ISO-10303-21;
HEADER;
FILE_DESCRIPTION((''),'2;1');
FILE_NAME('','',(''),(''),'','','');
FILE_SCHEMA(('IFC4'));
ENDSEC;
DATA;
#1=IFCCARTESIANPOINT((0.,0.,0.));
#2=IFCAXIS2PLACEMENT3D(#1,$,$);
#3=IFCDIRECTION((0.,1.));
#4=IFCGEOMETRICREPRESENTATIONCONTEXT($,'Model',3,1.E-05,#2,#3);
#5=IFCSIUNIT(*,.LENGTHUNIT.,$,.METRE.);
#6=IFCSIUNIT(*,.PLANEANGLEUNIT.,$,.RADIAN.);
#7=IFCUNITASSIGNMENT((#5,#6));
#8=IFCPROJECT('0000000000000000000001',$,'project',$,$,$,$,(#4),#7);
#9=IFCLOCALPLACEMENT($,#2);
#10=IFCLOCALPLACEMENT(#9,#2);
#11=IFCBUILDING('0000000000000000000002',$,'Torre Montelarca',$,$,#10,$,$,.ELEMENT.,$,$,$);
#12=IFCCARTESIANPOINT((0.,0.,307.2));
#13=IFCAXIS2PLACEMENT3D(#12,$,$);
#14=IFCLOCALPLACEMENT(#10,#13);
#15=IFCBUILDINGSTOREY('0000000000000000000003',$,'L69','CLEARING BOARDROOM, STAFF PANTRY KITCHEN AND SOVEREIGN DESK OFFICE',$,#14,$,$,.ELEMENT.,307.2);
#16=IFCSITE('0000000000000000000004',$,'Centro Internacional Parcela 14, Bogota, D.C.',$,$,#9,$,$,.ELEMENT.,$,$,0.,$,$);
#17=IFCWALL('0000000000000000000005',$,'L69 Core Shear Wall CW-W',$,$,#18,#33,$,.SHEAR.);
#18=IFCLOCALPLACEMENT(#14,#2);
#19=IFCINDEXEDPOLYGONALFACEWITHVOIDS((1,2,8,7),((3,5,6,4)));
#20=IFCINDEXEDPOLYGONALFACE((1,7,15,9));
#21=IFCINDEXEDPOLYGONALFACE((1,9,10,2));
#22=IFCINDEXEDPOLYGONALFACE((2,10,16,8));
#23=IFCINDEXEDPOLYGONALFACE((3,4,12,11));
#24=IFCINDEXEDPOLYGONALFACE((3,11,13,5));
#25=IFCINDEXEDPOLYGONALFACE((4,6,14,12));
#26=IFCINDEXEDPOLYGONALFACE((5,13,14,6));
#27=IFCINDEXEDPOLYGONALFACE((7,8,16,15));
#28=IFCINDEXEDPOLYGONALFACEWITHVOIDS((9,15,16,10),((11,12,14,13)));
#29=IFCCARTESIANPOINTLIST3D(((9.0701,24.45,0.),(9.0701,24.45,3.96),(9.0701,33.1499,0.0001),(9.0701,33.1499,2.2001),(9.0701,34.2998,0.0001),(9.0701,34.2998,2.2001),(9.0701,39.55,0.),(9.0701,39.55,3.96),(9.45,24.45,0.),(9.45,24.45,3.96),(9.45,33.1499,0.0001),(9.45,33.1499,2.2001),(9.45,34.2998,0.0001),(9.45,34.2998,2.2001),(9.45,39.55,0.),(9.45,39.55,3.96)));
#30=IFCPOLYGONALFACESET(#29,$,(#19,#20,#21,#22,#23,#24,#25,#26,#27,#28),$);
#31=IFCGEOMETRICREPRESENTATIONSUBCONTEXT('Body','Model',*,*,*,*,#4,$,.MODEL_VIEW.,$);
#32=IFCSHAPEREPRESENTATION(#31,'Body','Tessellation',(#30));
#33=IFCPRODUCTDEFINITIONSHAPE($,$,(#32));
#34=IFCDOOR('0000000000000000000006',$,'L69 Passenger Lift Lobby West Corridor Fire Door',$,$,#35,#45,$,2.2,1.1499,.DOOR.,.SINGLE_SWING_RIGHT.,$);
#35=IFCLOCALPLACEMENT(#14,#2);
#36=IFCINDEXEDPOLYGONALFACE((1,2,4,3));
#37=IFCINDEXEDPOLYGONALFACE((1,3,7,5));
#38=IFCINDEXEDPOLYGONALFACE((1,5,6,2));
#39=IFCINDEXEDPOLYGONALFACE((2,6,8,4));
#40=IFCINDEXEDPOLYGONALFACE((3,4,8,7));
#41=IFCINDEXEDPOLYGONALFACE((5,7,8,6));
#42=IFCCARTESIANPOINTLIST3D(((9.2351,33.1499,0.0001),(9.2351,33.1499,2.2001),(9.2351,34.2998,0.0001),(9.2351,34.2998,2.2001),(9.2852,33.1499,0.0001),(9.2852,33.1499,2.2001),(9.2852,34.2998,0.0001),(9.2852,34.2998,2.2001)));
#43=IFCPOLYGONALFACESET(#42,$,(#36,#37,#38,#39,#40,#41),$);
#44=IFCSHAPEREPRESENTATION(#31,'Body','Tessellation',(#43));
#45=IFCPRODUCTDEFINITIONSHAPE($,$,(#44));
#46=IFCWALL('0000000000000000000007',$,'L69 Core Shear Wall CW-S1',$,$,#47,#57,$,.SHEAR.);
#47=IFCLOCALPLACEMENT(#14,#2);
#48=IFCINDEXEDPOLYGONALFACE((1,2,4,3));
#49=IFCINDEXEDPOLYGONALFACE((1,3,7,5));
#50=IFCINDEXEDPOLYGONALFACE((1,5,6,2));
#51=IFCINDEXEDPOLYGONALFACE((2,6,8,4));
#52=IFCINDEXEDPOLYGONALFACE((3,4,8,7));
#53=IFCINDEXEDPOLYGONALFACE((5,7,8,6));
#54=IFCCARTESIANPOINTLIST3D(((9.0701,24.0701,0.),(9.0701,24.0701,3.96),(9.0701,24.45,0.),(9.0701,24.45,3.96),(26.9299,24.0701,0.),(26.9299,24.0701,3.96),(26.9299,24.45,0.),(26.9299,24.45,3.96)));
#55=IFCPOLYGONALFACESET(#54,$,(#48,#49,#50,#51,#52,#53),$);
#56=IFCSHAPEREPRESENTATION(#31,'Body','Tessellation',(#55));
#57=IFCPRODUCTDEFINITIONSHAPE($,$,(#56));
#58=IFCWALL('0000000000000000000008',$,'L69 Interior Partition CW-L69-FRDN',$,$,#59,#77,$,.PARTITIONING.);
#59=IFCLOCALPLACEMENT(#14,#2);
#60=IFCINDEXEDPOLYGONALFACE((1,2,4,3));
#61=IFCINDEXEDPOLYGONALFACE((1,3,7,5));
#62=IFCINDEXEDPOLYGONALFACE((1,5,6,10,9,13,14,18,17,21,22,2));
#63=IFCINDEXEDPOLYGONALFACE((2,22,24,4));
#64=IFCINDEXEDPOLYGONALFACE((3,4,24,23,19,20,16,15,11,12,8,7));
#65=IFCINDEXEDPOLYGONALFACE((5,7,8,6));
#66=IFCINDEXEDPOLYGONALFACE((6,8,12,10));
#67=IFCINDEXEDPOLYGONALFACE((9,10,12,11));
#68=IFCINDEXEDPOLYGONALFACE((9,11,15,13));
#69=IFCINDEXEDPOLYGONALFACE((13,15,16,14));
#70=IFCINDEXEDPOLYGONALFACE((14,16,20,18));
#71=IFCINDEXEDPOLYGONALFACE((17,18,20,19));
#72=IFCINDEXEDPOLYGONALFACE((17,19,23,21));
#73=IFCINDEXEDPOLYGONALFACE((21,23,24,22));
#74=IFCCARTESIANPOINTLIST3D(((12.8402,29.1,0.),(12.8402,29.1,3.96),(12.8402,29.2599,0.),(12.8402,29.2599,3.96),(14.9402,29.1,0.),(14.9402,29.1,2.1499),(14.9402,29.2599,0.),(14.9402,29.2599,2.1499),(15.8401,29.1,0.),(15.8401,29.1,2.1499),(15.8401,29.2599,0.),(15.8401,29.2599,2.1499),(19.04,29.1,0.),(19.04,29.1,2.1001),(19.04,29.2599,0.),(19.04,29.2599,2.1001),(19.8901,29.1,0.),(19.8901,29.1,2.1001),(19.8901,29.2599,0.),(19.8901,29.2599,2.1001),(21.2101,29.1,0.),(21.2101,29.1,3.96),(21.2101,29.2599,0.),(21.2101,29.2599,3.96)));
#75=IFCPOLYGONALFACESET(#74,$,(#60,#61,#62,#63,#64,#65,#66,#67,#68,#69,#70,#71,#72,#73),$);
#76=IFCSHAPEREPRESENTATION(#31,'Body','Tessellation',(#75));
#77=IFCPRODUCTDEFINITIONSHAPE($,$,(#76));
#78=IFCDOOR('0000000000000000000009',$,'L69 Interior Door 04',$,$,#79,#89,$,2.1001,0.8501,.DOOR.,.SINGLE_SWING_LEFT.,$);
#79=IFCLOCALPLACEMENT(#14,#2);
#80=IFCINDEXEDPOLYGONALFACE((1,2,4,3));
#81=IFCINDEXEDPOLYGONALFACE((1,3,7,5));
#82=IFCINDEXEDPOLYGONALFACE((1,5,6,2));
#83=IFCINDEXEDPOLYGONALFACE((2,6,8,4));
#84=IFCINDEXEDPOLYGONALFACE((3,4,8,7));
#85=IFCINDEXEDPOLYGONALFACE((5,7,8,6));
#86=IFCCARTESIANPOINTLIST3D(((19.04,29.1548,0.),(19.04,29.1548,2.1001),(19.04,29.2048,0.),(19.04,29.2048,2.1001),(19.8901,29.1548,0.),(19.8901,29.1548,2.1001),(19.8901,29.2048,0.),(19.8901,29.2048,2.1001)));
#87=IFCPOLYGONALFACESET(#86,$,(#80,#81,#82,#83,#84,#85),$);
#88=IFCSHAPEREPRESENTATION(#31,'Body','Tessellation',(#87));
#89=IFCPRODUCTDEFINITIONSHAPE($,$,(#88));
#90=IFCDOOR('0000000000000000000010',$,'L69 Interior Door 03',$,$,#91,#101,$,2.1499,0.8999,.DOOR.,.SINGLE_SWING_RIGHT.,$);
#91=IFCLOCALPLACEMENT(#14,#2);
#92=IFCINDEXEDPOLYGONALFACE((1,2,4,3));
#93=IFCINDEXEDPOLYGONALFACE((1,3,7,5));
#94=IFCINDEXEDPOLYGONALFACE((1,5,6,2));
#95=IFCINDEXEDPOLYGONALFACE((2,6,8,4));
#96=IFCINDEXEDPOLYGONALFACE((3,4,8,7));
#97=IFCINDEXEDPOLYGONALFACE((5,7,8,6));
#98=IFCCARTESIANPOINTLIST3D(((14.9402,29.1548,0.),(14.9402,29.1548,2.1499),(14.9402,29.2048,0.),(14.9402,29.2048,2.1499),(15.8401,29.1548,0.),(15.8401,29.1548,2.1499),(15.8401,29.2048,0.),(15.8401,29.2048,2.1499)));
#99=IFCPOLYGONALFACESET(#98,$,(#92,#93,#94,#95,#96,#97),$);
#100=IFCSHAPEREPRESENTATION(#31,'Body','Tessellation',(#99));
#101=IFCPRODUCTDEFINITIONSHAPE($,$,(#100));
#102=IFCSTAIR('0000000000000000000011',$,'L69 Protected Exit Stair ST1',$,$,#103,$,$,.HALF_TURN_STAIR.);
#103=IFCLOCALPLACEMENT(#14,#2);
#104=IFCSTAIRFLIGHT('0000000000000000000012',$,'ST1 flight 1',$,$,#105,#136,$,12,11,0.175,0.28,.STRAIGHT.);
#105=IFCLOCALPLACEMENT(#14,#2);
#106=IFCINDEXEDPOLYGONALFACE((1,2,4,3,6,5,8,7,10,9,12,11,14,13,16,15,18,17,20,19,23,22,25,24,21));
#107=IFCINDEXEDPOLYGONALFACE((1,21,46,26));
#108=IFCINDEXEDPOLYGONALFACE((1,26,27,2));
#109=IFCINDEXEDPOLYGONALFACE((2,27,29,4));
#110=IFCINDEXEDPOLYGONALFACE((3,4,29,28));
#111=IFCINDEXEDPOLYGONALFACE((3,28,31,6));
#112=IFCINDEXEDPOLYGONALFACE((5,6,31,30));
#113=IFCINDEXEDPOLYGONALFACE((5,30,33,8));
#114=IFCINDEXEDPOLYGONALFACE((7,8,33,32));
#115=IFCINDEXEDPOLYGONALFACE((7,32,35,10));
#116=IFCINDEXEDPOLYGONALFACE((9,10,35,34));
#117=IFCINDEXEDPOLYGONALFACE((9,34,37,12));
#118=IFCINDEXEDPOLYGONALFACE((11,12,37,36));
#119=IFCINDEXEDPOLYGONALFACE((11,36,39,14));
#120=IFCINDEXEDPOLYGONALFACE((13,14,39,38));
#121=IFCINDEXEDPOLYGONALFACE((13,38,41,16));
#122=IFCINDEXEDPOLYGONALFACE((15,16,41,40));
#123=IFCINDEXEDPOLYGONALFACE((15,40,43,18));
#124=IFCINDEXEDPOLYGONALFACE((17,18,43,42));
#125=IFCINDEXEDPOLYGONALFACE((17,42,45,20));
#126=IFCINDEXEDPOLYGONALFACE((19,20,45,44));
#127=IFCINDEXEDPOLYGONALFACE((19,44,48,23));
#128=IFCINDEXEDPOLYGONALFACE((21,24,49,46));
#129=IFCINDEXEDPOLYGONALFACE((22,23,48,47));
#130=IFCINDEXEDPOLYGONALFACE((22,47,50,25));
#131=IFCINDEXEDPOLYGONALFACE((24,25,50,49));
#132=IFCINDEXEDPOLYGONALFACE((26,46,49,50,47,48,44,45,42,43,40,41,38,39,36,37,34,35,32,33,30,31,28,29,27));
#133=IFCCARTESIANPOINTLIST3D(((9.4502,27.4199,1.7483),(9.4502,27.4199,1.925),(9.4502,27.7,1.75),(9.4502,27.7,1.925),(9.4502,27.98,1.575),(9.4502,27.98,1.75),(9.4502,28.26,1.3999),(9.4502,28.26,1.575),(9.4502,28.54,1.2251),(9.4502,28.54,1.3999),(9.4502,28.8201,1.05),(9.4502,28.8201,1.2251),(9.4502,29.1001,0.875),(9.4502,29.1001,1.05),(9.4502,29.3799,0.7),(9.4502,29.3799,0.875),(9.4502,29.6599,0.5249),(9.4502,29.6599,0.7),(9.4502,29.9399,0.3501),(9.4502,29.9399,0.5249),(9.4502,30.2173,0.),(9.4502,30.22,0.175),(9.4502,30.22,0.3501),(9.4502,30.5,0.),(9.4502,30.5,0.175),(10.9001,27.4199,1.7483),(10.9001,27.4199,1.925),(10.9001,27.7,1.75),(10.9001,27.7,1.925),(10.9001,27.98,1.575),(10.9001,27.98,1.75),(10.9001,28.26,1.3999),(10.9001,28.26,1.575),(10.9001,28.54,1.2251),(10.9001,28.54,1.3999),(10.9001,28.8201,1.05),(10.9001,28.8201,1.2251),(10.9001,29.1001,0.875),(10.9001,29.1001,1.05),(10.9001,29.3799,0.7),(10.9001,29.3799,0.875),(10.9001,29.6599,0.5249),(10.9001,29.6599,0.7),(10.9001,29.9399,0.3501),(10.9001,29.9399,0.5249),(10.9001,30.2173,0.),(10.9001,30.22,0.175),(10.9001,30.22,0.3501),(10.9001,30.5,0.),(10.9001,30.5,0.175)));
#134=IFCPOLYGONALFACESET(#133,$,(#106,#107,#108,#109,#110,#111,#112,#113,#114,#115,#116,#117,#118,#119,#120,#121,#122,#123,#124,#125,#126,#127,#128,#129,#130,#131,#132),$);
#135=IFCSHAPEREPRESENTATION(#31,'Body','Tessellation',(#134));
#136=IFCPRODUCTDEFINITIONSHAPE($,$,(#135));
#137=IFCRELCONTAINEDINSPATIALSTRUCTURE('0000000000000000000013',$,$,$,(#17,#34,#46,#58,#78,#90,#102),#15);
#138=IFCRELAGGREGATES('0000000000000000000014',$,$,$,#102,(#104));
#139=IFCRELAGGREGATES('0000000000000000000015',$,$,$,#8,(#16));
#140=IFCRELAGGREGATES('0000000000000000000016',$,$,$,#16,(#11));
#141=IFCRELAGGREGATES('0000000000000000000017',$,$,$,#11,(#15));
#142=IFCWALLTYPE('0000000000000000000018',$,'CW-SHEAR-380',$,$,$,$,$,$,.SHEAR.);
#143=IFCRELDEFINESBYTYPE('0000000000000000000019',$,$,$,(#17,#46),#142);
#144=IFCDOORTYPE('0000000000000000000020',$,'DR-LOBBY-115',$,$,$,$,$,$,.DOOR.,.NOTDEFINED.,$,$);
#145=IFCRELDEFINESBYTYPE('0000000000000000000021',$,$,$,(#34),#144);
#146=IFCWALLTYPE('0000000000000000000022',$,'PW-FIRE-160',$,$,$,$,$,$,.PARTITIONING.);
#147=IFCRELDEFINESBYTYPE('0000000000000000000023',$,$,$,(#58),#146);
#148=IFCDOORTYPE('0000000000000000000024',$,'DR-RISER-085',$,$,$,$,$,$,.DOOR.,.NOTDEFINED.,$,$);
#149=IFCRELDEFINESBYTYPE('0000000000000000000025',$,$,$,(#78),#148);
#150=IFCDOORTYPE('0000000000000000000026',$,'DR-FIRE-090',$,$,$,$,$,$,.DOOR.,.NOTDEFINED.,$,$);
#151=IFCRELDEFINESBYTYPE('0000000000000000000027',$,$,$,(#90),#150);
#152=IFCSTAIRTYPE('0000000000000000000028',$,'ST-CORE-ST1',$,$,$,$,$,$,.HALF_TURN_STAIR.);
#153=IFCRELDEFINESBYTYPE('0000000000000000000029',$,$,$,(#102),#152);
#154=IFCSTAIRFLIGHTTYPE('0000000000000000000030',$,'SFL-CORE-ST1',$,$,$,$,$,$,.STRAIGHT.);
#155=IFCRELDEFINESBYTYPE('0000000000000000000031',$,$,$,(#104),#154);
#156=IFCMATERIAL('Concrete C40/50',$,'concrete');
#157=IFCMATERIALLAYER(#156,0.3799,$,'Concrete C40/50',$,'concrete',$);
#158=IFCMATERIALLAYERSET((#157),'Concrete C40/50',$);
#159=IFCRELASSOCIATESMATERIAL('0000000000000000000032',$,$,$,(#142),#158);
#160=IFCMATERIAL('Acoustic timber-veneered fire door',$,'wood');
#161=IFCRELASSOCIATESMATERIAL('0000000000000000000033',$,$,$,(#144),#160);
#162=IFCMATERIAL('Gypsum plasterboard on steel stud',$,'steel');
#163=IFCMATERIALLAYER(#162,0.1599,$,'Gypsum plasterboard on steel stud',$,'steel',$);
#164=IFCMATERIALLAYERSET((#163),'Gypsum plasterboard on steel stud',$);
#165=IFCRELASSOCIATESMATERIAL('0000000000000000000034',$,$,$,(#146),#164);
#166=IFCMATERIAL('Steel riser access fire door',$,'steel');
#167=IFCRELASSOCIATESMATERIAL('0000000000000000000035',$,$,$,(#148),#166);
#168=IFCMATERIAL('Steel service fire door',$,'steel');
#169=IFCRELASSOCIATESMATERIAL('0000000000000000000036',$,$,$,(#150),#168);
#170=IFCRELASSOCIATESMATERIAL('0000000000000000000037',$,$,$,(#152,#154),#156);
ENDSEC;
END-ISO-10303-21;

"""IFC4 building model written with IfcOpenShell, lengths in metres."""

from ifc_helpers import new_model, si_unit, direction, frame, frame_2d, origin, place, context, subcontext, project, spatial, polyline, rectangle, outline, extrude, source, transform, mapped, material, layer, layer_set, type_object, element, fill, aggregate, save


model = new_model("IFC4")

# Units and contexts
model_context = context("Model", 3, precision=1e-05, world=origin(), true_north=direction((0.0, 1.0)))
body_context = subcontext(model_context, "Body", "Model", "MODEL_VIEW")
ifc_project = project(units=[si_unit("LENGTHUNIT", "METRE"), si_unit("PLANEANGLEUNIT", "RADIAN")], contexts=[model_context])

# Site, building, storey
site_placement = place(None, origin())
site = spatial("IfcSite", under=ifc_project, at=site_placement, Name="Centro Internacional Parcela 14, Bogota, D.C.", CompositionType="ELEMENT", RefElevation=0.0)
building_placement = place(site_placement, origin())
building = spatial("IfcBuilding", under=site, at=building_placement, Name="Torre Montelarca", CompositionType="ELEMENT")
storey_placement = place(building_placement, frame((0.0, 0.0, 307.2)))
storey = spatial("IfcBuildingStorey", under=building, at=storey_placement, Name="L69", Description="CLEARING BOARDROOM, STAFF PANTRY KITCHEN AND SOVEREIGN DESK OFFICE", CompositionType="ELEMENT", Elevation=307.2)

# Shared definitions
ifc_material_1 = material(Name="Concrete C40/50", Category="concrete")

# Wall, opening, door
ifc_layer_1 = layer(ifc_material_1, 0.3799, Name="Concrete C40/50", Category="concrete")
ifc_layer_set_1 = layer_set([ifc_layer_1], Name="Concrete C40/50")
wall_type_1 = type_object("IfcWallType", Name="CW-SHEAR-380", PredefinedType="SHEAR", material=ifc_layer_set_1)
wall_1_placement = place(storey_placement, frame((9.26, 24.45, 0.0), z_axis=(0.0, 0.0, 1.0), x_axis=(0.0, 1.0, 0.0)))
wall_1 = element("IfcWall", 1, at=wall_1_placement, inside=storey, type_object=wall_type_1, Name="L69 Core Shear Wall CW-W", PredefinedType="SHEAR", context=body_context, shape_type="SweptSolid", body=[
    extrude(rectangle(XDim=15.1001, YDim=0.3799, at=frame_2d((7.55, 0.0))), origin(), (0.0, 0.0, 1.0), 3.96),
])
opening_1_placement = place(wall_1_placement, frame((8.7, 0.0, 0.0)))
opening_1 = element("IfcOpeningElement", 2, at=opening_1_placement, cuts=wall_1, PredefinedType="OPENING", context=body_context, shape_type="SweptSolid", body=[
    extrude(rectangle(XDim=1.1499, YDim=2.2, at=frame_2d((0.575, 1.1001))), frame((0.0, 0.2, 0.0), z_axis=(0.0, -1.0, 0.0), x_axis=(1.0, 0.0, 0.0)), (0.0, 0.0, 1.0), 0.3999),
])
ifc_material_2 = material(Name="Acoustic timber-veneered fire door", Category="wood")
door_type_1 = type_object("IfcDoorType", Name="DR-LOBBY-115", OperationType="NOTDEFINED", PredefinedType="DOOR", material=ifc_material_2)
shared_shape_1 = source(origin(), body_context, "Body", "SweptSolid", [
    extrude(rectangle(XDim=1.1499, YDim=2.2, at=frame_2d((0.575, 1.1001))), frame((0.0, 0.0249, 0.0), z_axis=(0.0, -1.0, 0.0), x_axis=(1.0, 0.0, 0.0)), (0.0, 0.0, 1.0), 0.05),
])
door_1_placement = place(opening_1_placement, origin())
door_1 = element("IfcDoor", 3, at=door_1_placement, inside=storey, type_object=door_type_1, Name="L69 Passenger Lift Lobby West Corridor Fire Door", OperationType="SINGLE_SWING_RIGHT", OverallHeight=2.2, OverallWidth=1.1499, PredefinedType="DOOR", context=body_context, shape_type="MappedRepresentation", body=[
    mapped(shared_shape_1, transform((0.0, 0.0, 0.0), scale=1.0)),
])
fill(opening_1, door_1)

# Wall
wall_2_placement = place(storey_placement, frame((9.0701, 24.26, 0.0), z_axis=(0.0, 0.0, 1.0), x_axis=(1.0, 0.0, 0.0)))
element("IfcWall", 4, at=wall_2_placement, inside=storey, type_object=wall_type_1, Name="L69 Core Shear Wall CW-S1", PredefinedType="SHEAR", context=body_context, shape_type="SweptSolid", body=[
    extrude(rectangle(XDim=17.8599, YDim=0.3799, at=frame_2d((8.9299, 0.0))), origin(), (0.0, 0.0, 1.0), 3.96),
])

# Wall, openings, doors
ifc_material_3 = material(Name="Gypsum plasterboard on steel stud", Category="steel")
ifc_layer_2 = layer(ifc_material_3, 0.1599, Name="Gypsum plasterboard on steel stud", Category="steel")
ifc_layer_set_2 = layer_set([ifc_layer_2], Name="Gypsum plasterboard on steel stud")
wall_type_2 = type_object("IfcWallType", Name="PW-FIRE-160", PredefinedType="PARTITIONING", material=ifc_layer_set_2)
wall_3_placement = place(storey_placement, frame((12.8401, 29.1799, 0.0), z_axis=(0.0, 0.0, 1.0), x_axis=(1.0, 0.0, 0.0)))
wall_3 = element("IfcWall", 5, at=wall_3_placement, inside=storey, type_object=wall_type_2, Name="L69 Interior Partition CW-L69-FRDN", PredefinedType="PARTITIONING", context=body_context, shape_type="SweptSolid", body=[
    extrude(rectangle(XDim=8.3699, YDim=0.1599, at=frame_2d((4.1851, 0.0))), origin(), (0.0, 0.0, 1.0), 3.96),
])
opening_2_placement = place(wall_3_placement, frame((2.1001, 0.0, 0.0)))
opening_2 = element("IfcOpeningElement", 6, at=opening_2_placement, cuts=wall_3, PredefinedType="OPENING", context=body_context, shape_type="SweptSolid", body=[
    extrude(rectangle(XDim=0.8999, YDim=2.1499, at=frame_2d((0.45, 1.075))), frame((0.0, 0.0898, 0.0), z_axis=(0.0, -1.0, 0.0), x_axis=(1.0, 0.0, 0.0)), (0.0, 0.0, 1.0), 0.1799),
])
opening_3_placement = place(wall_3_placement, frame((6.2, 0.0, 0.0)))
opening_3 = element("IfcOpeningElement", 7, at=opening_3_placement, cuts=wall_3, PredefinedType="OPENING", context=body_context, shape_type="SweptSolid", body=[
    extrude(rectangle(XDim=0.8501, YDim=2.1001, at=frame_2d((0.425, 1.05))), frame((0.0, 0.0898, 0.0), z_axis=(0.0, -1.0, 0.0), x_axis=(1.0, 0.0, 0.0)), (0.0, 0.0, 1.0), 0.1799),
])
ifc_material_4 = material(Name="Steel riser access fire door", Category="steel")
door_type_2 = type_object("IfcDoorType", Name="DR-RISER-085", OperationType="NOTDEFINED", PredefinedType="DOOR", material=ifc_material_4)
shared_shape_2 = source(origin(), body_context, "Body", "SweptSolid", [
    extrude(rectangle(XDim=0.8501, YDim=2.1001, at=frame_2d((0.425, 1.05))), frame((0.0, 0.0249, 0.0), z_axis=(0.0, -1.0, 0.0), x_axis=(1.0, 0.0, 0.0)), (0.0, 0.0, 1.0), 0.05),
])
door_2_placement = place(opening_3_placement, origin())
door_2 = element("IfcDoor", 8, at=door_2_placement, inside=storey, type_object=door_type_2, Name="L69 Interior Door 04", OperationType="SINGLE_SWING_LEFT", OverallHeight=2.1001, OverallWidth=0.8501, PredefinedType="DOOR", context=body_context, shape_type="MappedRepresentation", body=[
    mapped(shared_shape_2, transform((0.0, 0.0, 0.0), scale=1.0)),
])
fill(opening_3, door_2)
ifc_material_5 = material(Name="Steel service fire door", Category="steel")
door_type_3 = type_object("IfcDoorType", Name="DR-FIRE-090", OperationType="NOTDEFINED", PredefinedType="DOOR", material=ifc_material_5)
shared_shape_3 = source(origin(), body_context, "Body", "SweptSolid", [
    extrude(rectangle(XDim=0.8999, YDim=2.1499, at=frame_2d((0.45, 1.075))), frame((0.0, 0.0249, 0.0), z_axis=(0.0, -1.0, 0.0), x_axis=(1.0, 0.0, 0.0)), (0.0, 0.0, 1.0), 0.05),
])
door_3_placement = place(opening_2_placement, origin())
door_3 = element("IfcDoor", 9, at=door_3_placement, inside=storey, type_object=door_type_3, Name="L69 Interior Door 03", OperationType="SINGLE_SWING_RIGHT", OverallHeight=2.1499, OverallWidth=0.8999, PredefinedType="DOOR", context=body_context, shape_type="MappedRepresentation", body=[
    mapped(shared_shape_3, transform((0.0, 0.0, 0.0), scale=1.0)),
])
fill(opening_2, door_3)

# Stair, stair flight
stair_type = type_object("IfcStairType", Name="ST-CORE-ST1", PredefinedType="HALF_TURN_STAIR", material=ifc_material_1)
stair_placement = place(storey_placement, origin())
stair = element("IfcStair", 10, at=stair_placement, inside=storey, type_object=stair_type, Name="L69 Protected Exit Stair ST1", PredefinedType="HALF_TURN_STAIR")
stair_flight_type = type_object("IfcStairFlightType", Name="SFL-CORE-ST1", PredefinedType="STRAIGHT", material=ifc_material_1)
stair_flight_1_placement = place(storey_placement, frame((10.175, 30.5, 0.0), z_axis=(0.0, 0.0, 1.0), x_axis=(0.0, -1.0, 0.0)))
stair_flight_1 = element("IfcStairFlight", 11, at=stair_flight_1_placement, type_object=stair_flight_type, Name="ST1 flight 1", NumberOfRisers=12, NumberOfTreads=11, PredefinedType="STRAIGHT", RiserHeight=0.175, TreadLength=0.28, context=body_context, shape_type="SweptSolid", body=[
    extrude(outline(polyline([(0.0, 0.0), (0.0, 0.175), (0.28, 0.175), (0.28, 0.3501), (0.5601, 0.3501), (0.5601, 0.5249), (0.8401, 0.5249), (0.8401, 0.7), (1.1201, 0.7), (1.1201, 0.875), (1.3999, 0.875), (1.3999, 1.05), (1.6799, 1.05), (1.6799, 1.2251), (1.96, 1.2251), (1.96, 1.3999), (2.24, 1.3999), (2.24, 1.575), (2.52, 1.575), (2.52, 1.75), (2.8, 1.75), (2.8, 1.925), (3.0801, 1.925), (3.0801, 2.1001), (3.0801, 1.7483), (0.2827, 0.0), (0.0, 0.0)])), frame((0.0, 0.7251, 0.0), z_axis=(0.0, -1.0, 0.0), x_axis=(1.0, 0.0, 0.0)), (0.0, 0.0, 1.0), 1.45),
])
aggregate(stair, [stair_flight_1])

save(model, "model.ifc")
